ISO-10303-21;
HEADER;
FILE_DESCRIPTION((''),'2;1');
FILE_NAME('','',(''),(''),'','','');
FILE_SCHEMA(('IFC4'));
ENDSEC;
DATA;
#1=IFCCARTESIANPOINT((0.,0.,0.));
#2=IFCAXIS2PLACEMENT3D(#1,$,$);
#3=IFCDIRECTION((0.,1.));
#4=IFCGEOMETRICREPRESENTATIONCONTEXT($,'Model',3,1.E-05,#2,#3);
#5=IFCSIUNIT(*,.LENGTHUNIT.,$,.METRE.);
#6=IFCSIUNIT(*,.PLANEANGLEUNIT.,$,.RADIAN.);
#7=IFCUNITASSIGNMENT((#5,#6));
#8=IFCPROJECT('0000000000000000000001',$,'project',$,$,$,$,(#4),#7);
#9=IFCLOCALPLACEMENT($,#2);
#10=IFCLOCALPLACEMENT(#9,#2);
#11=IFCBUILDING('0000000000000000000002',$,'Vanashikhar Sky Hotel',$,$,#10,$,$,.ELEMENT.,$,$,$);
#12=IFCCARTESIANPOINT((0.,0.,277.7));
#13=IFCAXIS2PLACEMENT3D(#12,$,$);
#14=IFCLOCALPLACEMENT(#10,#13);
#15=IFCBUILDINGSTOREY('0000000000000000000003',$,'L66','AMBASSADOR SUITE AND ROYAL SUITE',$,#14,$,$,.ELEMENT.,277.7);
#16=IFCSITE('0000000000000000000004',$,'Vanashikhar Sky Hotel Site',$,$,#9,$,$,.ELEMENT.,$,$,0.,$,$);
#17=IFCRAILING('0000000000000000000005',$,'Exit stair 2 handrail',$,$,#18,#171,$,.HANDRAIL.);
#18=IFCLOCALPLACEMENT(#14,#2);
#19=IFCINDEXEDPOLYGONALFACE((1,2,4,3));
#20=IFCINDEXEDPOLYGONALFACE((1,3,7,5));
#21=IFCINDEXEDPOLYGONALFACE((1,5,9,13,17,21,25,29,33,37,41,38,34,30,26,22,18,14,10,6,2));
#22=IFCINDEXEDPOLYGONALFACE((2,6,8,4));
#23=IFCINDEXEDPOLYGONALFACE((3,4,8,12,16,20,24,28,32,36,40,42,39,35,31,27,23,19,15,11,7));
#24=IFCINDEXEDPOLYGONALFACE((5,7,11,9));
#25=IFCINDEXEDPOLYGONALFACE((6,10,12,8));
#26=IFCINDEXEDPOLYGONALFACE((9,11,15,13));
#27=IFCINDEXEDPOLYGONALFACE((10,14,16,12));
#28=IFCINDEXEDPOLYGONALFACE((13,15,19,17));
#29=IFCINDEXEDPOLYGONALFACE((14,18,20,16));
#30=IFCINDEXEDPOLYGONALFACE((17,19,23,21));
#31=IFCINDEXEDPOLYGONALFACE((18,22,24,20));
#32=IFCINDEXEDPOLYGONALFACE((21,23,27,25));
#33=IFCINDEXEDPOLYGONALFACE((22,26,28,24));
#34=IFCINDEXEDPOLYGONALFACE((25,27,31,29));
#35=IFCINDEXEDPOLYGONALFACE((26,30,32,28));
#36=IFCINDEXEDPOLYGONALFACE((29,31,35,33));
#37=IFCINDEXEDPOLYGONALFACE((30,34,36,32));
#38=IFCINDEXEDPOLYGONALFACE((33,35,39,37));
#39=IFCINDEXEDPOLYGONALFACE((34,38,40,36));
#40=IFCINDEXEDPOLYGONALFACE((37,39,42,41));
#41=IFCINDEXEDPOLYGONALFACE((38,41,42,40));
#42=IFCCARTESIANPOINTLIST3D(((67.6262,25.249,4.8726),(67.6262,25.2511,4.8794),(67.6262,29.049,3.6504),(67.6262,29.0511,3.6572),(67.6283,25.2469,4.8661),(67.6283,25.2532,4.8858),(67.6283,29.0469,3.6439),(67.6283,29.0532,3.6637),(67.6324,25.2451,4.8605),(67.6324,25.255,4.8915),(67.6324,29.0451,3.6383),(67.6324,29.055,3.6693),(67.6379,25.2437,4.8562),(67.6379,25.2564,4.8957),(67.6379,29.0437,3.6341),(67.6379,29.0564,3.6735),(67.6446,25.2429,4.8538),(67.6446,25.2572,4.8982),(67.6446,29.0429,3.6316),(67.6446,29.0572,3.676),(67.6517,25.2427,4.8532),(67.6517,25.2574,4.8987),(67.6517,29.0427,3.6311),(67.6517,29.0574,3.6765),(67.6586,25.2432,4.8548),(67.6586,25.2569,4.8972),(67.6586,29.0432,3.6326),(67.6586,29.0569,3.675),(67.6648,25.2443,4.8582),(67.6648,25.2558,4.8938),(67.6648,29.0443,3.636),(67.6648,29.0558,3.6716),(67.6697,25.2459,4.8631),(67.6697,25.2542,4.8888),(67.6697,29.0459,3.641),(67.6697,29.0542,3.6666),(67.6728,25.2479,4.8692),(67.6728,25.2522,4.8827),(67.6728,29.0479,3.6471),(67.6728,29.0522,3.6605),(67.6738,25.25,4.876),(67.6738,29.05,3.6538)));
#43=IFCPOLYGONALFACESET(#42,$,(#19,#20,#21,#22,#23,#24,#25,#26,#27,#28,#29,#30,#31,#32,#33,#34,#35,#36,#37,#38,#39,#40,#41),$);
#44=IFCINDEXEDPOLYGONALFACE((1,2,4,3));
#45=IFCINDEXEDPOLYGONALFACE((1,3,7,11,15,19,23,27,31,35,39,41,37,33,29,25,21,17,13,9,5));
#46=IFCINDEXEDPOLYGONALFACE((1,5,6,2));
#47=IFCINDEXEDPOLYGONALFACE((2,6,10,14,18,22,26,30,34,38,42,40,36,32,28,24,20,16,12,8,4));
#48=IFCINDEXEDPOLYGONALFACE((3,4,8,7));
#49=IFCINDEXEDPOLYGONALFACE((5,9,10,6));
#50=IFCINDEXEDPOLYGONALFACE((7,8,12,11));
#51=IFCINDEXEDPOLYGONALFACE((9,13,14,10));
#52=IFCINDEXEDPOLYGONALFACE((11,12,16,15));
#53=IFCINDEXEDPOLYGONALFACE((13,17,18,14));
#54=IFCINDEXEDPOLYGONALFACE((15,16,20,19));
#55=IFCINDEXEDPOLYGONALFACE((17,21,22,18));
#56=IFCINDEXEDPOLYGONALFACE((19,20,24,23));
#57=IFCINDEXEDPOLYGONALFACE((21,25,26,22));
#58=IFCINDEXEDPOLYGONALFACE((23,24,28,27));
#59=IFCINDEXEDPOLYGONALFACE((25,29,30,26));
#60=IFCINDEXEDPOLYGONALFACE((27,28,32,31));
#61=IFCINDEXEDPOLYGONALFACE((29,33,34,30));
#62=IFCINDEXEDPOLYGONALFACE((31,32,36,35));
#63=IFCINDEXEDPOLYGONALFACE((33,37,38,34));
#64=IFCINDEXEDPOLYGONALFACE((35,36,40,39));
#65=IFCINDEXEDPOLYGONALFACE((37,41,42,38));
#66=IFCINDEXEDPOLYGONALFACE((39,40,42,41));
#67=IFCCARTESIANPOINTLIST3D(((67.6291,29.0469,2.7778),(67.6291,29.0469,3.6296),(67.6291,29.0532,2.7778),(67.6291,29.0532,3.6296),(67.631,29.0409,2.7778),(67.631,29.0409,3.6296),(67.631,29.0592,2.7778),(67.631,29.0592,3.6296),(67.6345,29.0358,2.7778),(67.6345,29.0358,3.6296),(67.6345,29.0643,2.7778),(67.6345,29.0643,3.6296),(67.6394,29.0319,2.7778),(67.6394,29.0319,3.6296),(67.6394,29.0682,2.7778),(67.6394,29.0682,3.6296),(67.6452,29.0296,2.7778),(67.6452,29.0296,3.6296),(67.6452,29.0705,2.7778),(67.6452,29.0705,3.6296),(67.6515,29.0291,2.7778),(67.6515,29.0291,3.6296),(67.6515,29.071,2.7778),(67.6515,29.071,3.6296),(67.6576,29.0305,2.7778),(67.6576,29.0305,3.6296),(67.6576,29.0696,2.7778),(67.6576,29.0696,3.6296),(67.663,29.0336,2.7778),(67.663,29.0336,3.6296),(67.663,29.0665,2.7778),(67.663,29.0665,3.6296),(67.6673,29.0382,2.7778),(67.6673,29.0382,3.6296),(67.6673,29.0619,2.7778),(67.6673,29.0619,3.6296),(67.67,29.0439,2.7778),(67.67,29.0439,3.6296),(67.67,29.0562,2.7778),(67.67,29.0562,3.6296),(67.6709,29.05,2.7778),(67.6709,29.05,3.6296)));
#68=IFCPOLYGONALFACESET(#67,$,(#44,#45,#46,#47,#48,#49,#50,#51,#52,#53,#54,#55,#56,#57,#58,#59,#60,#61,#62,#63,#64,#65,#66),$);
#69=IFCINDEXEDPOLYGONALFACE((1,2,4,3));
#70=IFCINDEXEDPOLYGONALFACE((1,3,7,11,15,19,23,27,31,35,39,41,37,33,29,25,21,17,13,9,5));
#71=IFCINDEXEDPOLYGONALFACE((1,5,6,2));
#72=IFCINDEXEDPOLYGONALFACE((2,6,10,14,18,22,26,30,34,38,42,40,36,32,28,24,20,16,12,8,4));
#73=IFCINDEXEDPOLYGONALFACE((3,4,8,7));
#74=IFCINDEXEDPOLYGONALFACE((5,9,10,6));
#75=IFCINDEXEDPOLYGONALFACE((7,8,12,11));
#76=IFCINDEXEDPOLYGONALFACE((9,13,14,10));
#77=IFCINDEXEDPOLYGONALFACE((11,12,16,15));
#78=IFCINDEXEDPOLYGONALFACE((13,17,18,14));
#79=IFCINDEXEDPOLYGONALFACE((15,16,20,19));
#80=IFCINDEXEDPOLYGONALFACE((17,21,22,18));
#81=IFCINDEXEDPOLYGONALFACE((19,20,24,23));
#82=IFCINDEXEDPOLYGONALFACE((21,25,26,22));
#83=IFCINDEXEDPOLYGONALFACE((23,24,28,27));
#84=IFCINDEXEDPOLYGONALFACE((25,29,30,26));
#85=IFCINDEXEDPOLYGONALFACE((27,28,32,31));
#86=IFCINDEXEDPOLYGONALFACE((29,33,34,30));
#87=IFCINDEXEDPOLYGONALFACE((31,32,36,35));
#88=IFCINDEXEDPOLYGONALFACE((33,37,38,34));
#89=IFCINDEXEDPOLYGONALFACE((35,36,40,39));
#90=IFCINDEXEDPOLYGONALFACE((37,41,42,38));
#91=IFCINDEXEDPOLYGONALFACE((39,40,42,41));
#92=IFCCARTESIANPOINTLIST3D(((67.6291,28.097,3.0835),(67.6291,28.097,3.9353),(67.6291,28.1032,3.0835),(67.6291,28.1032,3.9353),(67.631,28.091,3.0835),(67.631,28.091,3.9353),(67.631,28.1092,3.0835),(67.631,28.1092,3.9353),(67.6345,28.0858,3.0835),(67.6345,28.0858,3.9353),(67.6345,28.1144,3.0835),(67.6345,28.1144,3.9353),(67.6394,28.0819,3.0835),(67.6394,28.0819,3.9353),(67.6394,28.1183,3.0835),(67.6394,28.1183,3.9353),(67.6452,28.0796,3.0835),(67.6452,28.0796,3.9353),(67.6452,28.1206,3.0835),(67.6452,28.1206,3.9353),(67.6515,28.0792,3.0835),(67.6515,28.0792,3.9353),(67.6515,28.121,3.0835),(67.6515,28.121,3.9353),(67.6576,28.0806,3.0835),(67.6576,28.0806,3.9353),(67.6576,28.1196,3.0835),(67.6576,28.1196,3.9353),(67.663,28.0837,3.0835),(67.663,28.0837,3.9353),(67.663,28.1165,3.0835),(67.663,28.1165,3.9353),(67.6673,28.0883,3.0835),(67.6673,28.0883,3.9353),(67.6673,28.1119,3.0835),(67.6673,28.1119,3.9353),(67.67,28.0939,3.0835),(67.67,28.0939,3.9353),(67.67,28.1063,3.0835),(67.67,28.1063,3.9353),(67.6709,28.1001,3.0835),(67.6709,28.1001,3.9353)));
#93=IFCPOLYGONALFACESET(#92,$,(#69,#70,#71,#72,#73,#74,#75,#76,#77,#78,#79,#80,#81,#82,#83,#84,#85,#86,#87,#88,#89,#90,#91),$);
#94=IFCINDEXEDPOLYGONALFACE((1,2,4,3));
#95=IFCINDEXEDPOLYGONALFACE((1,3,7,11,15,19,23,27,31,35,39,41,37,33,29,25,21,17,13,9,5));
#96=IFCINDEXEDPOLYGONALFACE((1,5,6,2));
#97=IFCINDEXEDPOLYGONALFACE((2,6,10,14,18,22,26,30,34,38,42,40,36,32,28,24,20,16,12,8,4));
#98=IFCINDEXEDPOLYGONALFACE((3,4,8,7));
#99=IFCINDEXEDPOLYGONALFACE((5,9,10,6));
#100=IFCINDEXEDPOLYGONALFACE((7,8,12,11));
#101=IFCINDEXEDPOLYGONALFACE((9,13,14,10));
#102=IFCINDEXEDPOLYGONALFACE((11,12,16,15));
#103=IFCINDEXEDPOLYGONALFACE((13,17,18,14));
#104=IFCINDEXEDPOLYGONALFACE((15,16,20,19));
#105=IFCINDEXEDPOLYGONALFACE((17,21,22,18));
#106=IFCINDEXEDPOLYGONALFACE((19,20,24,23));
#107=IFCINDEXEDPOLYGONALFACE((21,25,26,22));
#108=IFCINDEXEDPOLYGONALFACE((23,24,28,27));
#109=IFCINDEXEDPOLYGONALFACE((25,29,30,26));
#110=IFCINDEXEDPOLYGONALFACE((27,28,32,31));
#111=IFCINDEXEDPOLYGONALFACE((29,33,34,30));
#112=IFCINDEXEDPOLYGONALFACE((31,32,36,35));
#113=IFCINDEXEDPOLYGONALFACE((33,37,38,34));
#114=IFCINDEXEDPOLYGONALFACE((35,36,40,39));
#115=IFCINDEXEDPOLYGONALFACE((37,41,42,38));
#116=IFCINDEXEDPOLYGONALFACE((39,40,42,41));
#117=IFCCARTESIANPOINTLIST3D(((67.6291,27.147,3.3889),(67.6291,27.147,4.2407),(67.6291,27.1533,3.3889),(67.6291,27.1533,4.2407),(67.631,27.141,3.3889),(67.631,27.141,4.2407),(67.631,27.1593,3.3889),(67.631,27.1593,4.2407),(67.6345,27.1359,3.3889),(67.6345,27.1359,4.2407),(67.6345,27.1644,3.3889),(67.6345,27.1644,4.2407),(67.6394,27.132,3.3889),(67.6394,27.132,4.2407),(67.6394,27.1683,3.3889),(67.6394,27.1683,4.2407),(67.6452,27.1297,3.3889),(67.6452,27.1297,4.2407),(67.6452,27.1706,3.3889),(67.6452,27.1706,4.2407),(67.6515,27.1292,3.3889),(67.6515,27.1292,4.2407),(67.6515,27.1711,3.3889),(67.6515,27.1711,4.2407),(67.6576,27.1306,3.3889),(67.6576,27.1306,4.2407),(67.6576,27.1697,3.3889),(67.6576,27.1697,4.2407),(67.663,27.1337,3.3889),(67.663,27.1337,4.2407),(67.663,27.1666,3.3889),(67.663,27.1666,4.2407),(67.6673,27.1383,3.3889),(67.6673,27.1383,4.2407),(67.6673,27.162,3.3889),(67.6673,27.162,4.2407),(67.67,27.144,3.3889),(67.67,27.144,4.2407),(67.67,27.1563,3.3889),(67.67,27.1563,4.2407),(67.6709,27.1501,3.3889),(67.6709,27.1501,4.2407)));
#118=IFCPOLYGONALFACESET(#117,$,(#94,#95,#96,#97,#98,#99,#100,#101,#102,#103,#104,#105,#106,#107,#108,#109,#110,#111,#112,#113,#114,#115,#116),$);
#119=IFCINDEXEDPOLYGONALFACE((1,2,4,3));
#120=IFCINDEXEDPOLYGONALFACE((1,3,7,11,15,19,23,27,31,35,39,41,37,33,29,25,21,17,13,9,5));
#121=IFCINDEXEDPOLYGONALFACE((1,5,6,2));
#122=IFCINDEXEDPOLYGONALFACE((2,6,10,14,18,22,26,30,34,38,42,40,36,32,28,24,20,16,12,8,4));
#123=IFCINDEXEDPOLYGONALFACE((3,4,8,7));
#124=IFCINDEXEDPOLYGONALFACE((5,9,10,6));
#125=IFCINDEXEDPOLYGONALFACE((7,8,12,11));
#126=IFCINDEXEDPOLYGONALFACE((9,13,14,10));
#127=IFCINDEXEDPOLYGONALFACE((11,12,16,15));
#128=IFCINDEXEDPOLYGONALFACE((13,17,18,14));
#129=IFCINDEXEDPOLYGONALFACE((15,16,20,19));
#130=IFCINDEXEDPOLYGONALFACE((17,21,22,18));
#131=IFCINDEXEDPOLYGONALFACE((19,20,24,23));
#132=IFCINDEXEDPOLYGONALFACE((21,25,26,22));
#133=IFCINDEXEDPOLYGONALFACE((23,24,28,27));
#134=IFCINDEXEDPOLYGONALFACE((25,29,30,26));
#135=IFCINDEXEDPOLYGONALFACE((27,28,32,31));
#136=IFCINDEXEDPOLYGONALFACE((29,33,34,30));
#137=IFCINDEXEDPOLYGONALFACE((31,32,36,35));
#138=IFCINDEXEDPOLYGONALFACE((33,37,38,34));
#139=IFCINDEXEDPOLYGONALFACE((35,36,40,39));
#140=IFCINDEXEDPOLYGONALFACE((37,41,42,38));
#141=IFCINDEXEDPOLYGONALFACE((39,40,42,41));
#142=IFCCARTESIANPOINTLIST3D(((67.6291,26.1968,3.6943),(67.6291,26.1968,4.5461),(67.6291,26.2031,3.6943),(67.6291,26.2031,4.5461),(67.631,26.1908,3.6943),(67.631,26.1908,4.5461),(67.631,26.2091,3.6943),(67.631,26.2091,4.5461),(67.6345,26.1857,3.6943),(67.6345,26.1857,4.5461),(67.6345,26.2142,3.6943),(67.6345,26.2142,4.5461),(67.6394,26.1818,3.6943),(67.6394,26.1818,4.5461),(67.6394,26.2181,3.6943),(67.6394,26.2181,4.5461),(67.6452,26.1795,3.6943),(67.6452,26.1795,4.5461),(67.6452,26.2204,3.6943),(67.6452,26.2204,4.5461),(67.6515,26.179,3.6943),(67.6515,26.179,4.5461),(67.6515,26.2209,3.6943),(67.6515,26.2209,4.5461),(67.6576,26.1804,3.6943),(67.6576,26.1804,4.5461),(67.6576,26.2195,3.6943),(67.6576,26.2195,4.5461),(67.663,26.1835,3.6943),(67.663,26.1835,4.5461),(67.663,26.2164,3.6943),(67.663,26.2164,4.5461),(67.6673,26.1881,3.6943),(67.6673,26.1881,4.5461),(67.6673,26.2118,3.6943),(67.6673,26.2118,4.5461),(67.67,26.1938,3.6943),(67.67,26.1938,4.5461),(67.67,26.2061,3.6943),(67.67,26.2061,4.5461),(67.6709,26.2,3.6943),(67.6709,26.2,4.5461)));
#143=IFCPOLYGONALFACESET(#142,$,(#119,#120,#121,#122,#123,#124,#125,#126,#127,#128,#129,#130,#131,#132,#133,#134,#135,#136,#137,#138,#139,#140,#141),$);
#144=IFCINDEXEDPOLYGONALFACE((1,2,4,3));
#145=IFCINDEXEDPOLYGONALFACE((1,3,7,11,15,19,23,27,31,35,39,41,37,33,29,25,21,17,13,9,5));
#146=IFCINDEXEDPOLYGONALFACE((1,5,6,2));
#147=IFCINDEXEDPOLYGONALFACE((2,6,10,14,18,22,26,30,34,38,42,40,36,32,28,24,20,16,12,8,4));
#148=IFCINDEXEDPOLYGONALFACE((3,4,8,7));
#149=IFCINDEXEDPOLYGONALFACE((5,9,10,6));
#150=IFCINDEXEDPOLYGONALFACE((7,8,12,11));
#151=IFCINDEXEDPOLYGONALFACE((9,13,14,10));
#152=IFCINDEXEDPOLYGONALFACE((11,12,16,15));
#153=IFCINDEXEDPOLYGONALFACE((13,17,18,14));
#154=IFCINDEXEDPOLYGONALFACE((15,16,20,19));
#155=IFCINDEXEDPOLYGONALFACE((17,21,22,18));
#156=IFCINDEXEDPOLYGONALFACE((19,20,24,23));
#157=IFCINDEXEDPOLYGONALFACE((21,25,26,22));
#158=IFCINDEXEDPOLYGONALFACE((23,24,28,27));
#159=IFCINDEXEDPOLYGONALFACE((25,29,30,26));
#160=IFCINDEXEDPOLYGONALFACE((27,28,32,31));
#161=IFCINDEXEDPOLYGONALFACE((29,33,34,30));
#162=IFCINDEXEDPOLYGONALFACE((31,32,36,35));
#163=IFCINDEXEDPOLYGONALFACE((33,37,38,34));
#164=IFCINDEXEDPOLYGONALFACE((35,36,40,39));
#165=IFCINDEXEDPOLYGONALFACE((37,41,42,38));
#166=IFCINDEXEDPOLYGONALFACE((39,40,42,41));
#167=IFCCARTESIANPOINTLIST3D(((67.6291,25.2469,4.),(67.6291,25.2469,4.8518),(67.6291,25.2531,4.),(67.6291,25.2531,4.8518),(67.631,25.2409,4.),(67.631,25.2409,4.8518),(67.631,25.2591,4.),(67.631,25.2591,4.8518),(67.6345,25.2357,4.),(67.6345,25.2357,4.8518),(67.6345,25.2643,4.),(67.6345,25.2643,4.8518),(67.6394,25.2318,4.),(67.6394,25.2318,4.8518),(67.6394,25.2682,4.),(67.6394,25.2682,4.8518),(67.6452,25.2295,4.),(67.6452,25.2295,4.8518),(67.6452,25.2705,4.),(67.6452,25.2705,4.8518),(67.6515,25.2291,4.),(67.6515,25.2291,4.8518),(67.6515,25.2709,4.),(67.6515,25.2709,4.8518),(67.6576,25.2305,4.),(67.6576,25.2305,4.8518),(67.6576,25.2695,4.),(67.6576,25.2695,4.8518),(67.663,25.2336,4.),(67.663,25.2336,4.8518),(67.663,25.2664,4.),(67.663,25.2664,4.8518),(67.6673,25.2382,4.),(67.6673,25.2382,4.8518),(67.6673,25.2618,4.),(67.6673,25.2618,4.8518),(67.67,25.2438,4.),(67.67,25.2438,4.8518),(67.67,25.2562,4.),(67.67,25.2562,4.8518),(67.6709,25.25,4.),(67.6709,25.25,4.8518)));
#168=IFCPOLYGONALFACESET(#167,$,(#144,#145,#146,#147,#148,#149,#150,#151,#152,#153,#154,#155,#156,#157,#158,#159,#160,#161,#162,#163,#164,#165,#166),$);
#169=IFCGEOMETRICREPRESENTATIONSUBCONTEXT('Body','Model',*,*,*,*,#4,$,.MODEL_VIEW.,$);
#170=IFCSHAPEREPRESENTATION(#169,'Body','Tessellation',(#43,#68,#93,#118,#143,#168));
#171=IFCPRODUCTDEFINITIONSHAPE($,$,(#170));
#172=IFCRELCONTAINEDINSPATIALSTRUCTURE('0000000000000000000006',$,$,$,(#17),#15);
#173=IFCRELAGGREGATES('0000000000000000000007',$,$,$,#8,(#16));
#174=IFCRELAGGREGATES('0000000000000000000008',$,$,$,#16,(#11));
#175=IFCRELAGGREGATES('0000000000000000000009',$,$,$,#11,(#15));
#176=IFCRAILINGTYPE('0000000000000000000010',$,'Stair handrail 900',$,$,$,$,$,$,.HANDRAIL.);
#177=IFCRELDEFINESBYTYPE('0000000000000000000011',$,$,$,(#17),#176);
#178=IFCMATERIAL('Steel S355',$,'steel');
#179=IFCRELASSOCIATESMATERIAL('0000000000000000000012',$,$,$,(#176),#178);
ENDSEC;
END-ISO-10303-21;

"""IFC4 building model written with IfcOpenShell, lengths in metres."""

from ifc_helpers import new_model, si_unit, direction, frame, origin, origin_2d, place, context, subcontext, project, spatial, circle, extrude, source, transform, mapped, material, type_object, element, save


model = new_model("IFC4")

# Units and contexts
model_context = context("Model", 3, precision=1e-05, world=origin(), true_north=direction((0.0, 1.0)))
body_context = subcontext(model_context, "Body", "Model", "MODEL_VIEW")
ifc_project = project(units=[si_unit("LENGTHUNIT", "METRE"), si_unit("PLANEANGLEUNIT", "RADIAN")], contexts=[model_context])

# Site, building, storey
site_placement = place(None, origin())
site = spatial("IfcSite", under=ifc_project, at=site_placement, Name="Vanashikhar Sky Hotel Site", CompositionType="ELEMENT", RefElevation=0.0)
building_placement = place(site_placement, origin())
building = spatial("IfcBuilding", under=site, at=building_placement, Name="Vanashikhar Sky Hotel", CompositionType="ELEMENT")
storey_placement = place(building_placement, frame((0.0, 0.0, 277.7)))
storey = spatial("IfcBuildingStorey", under=building, at=storey_placement, Name="L66", Description="AMBASSADOR SUITE AND ROYAL SUITE", CompositionType="ELEMENT", Elevation=277.7)

# Railing
ifc_material_1 = material(Name="Steel S355", Category="steel")
railing_type = type_object("IfcRailingType", Name="Stair handrail 900", PredefinedType="HANDRAIL", material=ifc_material_1)
shared_shape_1 = source(origin(), body_context, "Body", "SweptSolid", [
    extrude(circle(Radius=0.0239, at=origin_2d()), frame((0.0, 0.0, 0.876), z_axis=(0.0, -0.951976, 0.306173), x_axis=(1.0, 0.0, 0.0)), (0.0, 0.0, 1.0), 3.9917),
    extrude(circle(Radius=0.021, at=origin_2d()), origin(), (0.0, 0.0, 1.0), 0.8518),
    extrude(circle(Radius=0.021, at=origin_2d()), frame((0.0, -0.95, 0.3057)), (0.0, 0.0, 1.0), 0.8518),
    extrude(circle(Radius=0.021, at=origin_2d()), frame((0.0, -1.8999, 0.6111)), (0.0, 0.0, 1.0), 0.8518),
    extrude(circle(Radius=0.021, at=origin_2d()), frame((0.0, -2.8501, 0.9165)), (0.0, 0.0, 1.0), 0.8518),
    extrude(circle(Radius=0.021, at=origin_2d()), frame((0.0, -3.8, 1.2222)), (0.0, 0.0, 1.0), 0.8518),
])
for number, where, name in (
    (1, (67.6499, 29.05, 2.7778), "Exit stair 2 handrail"),
):
    element("IfcRailing", number, at=place(storey_placement, frame(where)), inside=storey, type_object=railing_type, Name=name, PredefinedType="HANDRAIL", context=body_context, shape_type="MappedRepresentation", body=[
        mapped(shared_shape_1, transform((0.0, 0.0, 0.0), scale=1.0)),
    ])

save(model, "model.ifc")
